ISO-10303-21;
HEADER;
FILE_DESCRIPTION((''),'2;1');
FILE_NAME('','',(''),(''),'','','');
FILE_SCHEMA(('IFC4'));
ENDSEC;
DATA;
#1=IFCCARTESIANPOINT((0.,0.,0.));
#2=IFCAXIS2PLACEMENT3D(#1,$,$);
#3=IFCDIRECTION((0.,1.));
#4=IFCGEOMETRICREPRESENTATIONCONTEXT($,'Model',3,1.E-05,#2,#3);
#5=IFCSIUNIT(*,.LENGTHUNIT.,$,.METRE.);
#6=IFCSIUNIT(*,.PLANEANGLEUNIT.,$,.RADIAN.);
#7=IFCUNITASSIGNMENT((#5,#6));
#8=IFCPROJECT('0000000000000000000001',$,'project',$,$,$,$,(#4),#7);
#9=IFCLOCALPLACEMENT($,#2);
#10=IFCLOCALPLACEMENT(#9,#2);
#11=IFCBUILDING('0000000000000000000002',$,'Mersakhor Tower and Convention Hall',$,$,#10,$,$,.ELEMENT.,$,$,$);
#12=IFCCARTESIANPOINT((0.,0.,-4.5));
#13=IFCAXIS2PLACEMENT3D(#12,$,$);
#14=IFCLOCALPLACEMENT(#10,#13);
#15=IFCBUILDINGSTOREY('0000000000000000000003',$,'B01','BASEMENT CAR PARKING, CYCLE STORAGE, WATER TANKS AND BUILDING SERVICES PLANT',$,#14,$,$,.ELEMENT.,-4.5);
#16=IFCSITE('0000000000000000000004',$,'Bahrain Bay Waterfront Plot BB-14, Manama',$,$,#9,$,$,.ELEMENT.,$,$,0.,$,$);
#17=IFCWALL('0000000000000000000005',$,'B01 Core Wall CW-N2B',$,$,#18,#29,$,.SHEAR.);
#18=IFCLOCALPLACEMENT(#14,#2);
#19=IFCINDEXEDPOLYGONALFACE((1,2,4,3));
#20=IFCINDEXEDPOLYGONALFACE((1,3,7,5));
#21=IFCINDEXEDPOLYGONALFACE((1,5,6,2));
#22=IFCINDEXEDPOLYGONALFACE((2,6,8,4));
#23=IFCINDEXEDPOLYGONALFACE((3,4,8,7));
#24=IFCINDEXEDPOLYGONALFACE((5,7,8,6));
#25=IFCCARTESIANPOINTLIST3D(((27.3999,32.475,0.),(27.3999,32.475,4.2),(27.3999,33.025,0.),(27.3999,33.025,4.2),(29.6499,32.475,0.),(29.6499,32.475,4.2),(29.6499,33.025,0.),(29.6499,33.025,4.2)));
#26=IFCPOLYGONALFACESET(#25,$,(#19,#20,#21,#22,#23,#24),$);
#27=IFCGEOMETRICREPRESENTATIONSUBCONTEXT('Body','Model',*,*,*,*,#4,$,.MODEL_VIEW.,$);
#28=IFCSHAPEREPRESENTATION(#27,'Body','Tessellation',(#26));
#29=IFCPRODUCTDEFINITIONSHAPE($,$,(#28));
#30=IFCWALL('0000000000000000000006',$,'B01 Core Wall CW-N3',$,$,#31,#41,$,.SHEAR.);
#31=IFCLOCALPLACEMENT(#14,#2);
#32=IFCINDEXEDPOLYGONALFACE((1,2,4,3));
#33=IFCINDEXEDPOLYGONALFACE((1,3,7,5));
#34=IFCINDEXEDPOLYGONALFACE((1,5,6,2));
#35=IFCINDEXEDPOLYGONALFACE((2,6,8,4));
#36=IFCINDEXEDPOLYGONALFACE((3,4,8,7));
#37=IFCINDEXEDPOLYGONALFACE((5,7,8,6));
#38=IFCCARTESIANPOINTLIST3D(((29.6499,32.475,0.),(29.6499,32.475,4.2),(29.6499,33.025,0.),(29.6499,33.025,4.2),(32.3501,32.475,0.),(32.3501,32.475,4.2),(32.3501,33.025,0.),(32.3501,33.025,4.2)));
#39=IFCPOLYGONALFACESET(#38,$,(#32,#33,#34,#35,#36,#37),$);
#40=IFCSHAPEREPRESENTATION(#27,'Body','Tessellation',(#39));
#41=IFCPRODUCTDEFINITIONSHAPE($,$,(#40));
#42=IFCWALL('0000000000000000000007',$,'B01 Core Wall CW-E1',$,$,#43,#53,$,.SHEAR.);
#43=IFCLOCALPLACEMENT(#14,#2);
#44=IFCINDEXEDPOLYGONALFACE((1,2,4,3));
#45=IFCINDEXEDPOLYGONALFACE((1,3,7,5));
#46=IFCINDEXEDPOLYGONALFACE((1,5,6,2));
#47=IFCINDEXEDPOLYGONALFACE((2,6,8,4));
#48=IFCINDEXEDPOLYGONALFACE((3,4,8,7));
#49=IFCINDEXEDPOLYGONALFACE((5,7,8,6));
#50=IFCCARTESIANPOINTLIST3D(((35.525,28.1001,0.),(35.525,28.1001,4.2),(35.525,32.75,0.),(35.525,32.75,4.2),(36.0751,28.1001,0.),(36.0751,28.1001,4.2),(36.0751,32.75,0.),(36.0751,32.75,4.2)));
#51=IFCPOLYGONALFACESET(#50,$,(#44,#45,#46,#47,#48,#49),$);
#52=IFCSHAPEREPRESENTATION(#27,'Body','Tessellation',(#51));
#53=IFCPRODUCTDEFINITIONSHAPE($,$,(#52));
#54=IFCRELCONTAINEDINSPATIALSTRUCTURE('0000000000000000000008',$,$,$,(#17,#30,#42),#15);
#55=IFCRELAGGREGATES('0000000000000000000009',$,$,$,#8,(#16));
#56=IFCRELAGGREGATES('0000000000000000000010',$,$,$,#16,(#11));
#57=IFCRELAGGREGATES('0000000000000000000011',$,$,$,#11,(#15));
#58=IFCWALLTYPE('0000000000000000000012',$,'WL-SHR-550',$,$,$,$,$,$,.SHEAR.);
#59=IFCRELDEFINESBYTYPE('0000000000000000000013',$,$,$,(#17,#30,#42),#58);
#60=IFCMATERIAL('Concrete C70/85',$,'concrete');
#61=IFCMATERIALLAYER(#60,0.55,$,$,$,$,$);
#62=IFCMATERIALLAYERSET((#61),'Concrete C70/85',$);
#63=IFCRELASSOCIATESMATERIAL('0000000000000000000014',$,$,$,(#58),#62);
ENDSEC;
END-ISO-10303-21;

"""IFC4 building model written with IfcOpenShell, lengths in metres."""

from ifc_helpers import new_model, si_unit, direction, frame, frame_2d, origin, place, context, subcontext, project, spatial, rectangle, extrude, material, layer, layer_set, type_object, element, save


model = new_model("IFC4")

# Units and contexts
model_context = context("Model", 3, precision=1e-05, world=origin(), true_north=direction((0.0, 1.0)))
body_context = subcontext(model_context, "Body", "Model", "MODEL_VIEW")
ifc_project = project(units=[si_unit("LENGTHUNIT", "METRE"), si_unit("PLANEANGLEUNIT", "RADIAN")], contexts=[model_context])

# Site, building, storey
site_placement = place(None, origin())
site = spatial("IfcSite", under=ifc_project, at=site_placement, Name="Bahrain Bay Waterfront Plot BB-14, Manama", CompositionType="ELEMENT", RefElevation=0.0)
building_placement = place(site_placement, origin())
building = spatial("IfcBuilding", under=site, at=building_placement, Name="Mersakhor Tower and Convention Hall", CompositionType="ELEMENT")
storey_placement = place(building_placement, frame((0.0, 0.0, -4.5)))
storey = spatial("IfcBuildingStorey", under=building, at=storey_placement, Name="B01", Description="BASEMENT CAR PARKING, CYCLE STORAGE, WATER TANKS AND BUILDING SERVICES PLANT", CompositionType="ELEMENT", Elevation=-4.5)

# Shared definitions
ifc_material_1 = material(Name="Concrete C70/85", Category="concrete")
ifc_layer_1 = layer(ifc_material_1, 0.55)
ifc_layer_set_1 = layer_set([ifc_layer_1], Name="Concrete C70/85")
wall_type_1 = type_object("IfcWallType", Name="WL-SHR-550", PredefinedType="SHEAR", material=ifc_layer_set_1)

# Walls
wall_1_placement = place(storey_placement, frame((27.3999, 32.75, 0.0), z_axis=(0.0, 0.0, 1.0), x_axis=(1.0, 0.0, 0.0)))
element("IfcWall", 1, at=wall_1_placement, inside=storey, type_object=wall_type_1, Name="B01 Core Wall CW-N2B", PredefinedType="SHEAR", context=body_context, shape_type="SweptSolid", body=[
    extrude(rectangle(XDim=2.25, YDim=0.55, at=frame_2d((1.125, 0.0))), origin(), (0.0, 0.0, 1.0), 4.2),
])
wall_2_placement = place(storey_placement, frame((29.6499, 32.75, 0.0), z_axis=(0.0, 0.0, 1.0), x_axis=(1.0, 0.0, 0.0)))
element("IfcWall", 2, at=wall_2_placement, inside=storey, type_object=wall_type_1, Name="B01 Core Wall CW-N3", PredefinedType="SHEAR", context=body_context, shape_type="SweptSolid", body=[
    extrude(rectangle(XDim=2.7002, YDim=0.55, at=frame_2d((1.3501, 0.0))), origin(), (0.0, 0.0, 1.0), 4.2),
])

# Wall
wall_3_placement = place(storey_placement, frame((35.8, 32.75, 0.0), z_axis=(0.0, 0.0, 1.0), x_axis=(0.0, -1.0, 0.0)))
element("IfcWall", 3, at=wall_3_placement, inside=storey, type_object=wall_type_1, Name="B01 Core Wall CW-E1", PredefinedType="SHEAR", context=body_context, shape_type="SweptSolid", body=[
    extrude(rectangle(XDim=4.6499, YDim=0.55, at=frame_2d((2.325, 0.0))), origin(), (0.0, 0.0, 1.0), 4.2),
])

save(model, "model.ifc")
